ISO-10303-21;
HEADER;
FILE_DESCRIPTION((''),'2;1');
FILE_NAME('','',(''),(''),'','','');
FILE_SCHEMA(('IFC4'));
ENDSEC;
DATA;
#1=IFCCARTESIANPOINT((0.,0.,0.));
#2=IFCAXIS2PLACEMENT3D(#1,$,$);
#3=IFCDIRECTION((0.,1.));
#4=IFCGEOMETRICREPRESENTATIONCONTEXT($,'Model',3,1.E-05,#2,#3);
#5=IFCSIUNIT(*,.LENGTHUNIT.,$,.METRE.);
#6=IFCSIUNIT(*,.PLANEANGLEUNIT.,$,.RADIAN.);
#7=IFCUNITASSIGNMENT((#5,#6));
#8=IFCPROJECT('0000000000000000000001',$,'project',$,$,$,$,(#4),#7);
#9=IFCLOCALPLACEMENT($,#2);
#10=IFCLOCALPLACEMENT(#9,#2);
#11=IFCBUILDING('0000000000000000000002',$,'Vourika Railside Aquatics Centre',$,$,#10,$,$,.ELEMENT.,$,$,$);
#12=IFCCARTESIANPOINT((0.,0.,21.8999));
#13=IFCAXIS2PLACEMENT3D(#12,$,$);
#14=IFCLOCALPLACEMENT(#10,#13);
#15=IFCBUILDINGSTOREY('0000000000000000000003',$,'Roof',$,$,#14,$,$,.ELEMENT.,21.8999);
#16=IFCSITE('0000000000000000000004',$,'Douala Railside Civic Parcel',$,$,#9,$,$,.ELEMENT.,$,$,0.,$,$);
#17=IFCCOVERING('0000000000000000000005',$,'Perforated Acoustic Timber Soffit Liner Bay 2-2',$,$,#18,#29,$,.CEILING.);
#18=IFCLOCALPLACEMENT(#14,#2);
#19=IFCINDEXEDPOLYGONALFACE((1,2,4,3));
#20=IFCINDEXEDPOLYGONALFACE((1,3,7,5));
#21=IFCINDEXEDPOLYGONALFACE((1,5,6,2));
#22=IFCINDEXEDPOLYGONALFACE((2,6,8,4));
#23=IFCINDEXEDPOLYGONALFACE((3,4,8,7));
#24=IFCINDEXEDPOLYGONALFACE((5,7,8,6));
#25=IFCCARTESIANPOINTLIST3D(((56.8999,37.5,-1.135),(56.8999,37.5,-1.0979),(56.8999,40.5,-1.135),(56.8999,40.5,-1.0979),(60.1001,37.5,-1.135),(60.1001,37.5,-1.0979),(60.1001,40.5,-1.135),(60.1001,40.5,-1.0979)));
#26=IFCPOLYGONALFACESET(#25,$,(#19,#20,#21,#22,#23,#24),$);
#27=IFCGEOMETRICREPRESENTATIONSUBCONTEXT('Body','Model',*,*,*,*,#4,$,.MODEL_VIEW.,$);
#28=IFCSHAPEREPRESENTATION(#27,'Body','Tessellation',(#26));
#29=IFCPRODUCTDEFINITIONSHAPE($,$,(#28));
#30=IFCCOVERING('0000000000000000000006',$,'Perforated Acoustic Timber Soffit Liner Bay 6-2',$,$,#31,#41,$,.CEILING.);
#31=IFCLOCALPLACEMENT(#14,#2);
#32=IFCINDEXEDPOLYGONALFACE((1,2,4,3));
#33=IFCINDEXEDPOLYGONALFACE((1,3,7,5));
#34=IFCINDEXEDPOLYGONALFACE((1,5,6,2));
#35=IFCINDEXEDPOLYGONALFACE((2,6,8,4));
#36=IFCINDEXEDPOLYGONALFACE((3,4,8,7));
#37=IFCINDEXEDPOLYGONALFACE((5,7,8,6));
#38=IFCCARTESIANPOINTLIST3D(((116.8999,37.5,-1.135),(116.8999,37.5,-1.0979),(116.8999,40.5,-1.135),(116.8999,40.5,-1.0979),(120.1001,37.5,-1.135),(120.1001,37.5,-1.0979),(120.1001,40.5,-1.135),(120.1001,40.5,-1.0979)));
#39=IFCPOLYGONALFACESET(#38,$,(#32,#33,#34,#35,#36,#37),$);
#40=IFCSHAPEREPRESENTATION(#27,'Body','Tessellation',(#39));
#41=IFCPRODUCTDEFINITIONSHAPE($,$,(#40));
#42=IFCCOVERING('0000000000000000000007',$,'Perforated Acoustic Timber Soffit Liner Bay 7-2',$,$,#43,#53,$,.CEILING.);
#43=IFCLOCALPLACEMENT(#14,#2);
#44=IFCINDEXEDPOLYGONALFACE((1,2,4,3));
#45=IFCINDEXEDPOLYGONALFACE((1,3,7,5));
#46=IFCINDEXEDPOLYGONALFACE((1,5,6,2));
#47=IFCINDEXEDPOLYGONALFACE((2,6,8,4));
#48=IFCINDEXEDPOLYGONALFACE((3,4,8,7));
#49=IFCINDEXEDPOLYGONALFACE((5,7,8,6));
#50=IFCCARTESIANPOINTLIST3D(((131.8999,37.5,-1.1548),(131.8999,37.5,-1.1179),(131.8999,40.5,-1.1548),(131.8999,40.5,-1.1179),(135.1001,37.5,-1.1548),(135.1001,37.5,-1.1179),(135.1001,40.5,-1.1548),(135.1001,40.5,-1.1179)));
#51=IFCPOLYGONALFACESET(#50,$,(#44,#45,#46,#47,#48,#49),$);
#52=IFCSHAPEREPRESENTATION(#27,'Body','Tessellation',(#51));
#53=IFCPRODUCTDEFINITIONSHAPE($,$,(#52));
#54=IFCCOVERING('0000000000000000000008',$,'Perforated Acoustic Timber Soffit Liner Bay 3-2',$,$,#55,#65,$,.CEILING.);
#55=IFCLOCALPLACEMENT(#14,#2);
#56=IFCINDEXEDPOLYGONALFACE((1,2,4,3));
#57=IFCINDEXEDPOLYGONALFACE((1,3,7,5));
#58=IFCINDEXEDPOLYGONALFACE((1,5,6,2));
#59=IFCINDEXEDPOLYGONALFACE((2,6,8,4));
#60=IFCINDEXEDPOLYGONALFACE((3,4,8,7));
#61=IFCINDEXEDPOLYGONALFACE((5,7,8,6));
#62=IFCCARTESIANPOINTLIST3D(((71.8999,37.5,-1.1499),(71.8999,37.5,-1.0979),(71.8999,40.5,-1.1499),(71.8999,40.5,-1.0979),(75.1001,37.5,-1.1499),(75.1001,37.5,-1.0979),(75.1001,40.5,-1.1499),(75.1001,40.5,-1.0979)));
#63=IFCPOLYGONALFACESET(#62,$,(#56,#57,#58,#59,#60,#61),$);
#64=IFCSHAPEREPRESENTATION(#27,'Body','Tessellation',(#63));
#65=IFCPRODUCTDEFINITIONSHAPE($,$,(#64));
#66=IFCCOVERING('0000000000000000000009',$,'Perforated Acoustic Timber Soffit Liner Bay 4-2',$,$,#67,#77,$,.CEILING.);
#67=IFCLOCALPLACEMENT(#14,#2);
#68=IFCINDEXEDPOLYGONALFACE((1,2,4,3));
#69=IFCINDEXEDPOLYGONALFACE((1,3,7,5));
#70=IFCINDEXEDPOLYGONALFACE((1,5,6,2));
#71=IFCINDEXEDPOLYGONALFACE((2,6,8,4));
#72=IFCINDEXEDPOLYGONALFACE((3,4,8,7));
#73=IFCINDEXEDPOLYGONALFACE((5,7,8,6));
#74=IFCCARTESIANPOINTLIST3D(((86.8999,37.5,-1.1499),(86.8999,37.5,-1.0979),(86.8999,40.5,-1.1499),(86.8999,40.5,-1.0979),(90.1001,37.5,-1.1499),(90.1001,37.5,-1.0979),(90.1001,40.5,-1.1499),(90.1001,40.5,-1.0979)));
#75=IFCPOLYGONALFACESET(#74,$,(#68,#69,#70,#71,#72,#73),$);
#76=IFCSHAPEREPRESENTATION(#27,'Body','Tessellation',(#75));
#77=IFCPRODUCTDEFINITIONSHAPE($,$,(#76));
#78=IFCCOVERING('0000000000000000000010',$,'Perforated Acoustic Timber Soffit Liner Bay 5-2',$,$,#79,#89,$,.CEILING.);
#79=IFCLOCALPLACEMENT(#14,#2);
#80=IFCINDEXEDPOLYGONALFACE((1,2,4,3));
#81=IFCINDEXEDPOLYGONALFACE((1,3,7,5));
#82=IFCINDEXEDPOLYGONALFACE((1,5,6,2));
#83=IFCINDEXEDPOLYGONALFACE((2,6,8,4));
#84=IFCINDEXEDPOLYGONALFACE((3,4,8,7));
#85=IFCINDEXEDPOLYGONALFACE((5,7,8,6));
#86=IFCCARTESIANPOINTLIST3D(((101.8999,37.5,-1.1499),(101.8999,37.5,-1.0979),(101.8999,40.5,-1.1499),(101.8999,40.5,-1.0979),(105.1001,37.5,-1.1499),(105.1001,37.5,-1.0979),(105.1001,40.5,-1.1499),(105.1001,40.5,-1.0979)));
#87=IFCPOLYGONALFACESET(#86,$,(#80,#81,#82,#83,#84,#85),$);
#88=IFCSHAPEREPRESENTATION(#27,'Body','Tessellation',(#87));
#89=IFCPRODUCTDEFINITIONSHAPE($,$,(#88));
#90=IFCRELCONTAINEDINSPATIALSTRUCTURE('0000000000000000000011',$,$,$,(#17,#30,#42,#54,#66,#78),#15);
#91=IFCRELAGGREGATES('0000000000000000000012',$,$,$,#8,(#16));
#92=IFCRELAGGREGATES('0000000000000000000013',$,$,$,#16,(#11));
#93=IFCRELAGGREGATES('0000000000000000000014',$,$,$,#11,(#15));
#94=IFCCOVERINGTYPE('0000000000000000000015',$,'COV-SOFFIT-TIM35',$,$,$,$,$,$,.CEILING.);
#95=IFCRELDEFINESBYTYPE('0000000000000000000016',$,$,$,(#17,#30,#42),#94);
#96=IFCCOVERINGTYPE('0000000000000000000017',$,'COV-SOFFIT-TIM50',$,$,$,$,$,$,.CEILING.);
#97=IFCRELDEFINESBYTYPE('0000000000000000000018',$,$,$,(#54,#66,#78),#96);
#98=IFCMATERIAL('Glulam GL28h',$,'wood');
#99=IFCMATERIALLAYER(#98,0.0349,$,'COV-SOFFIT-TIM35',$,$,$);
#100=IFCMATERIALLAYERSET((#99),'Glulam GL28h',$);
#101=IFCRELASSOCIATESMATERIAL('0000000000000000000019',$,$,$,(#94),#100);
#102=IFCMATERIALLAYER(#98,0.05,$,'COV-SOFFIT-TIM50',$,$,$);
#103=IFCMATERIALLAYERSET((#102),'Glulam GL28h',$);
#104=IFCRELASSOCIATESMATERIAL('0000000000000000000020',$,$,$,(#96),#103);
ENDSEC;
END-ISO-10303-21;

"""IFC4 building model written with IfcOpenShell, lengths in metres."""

from ifc_helpers import new_model, si_unit, direction, frame, origin, place, context, subcontext, project, spatial, polyline, outline, extrude, material, layer, layer_set, type_object, element, save


model = new_model("IFC4")

# Units and contexts
model_context = context("Model", 3, precision=1e-05, world=origin(), true_north=direction((0.0, 1.0)))
body_context = subcontext(model_context, "Body", "Model", "MODEL_VIEW")
ifc_project = project(units=[si_unit("LENGTHUNIT", "METRE"), si_unit("PLANEANGLEUNIT", "RADIAN")], contexts=[model_context])

# Site, building, storey
site_placement = place(None, origin())
site = spatial("IfcSite", under=ifc_project, at=site_placement, Name="Douala Railside Civic Parcel", CompositionType="ELEMENT", RefElevation=0.0)
building_placement = place(site_placement, origin())
building = spatial("IfcBuilding", under=site, at=building_placement, Name="Vourika Railside Aquatics Centre", CompositionType="ELEMENT")
storey_placement = place(building_placement, frame((0.0, 0.0, 21.8999)))
storey = spatial("IfcBuildingStorey", under=building, at=storey_placement, Name="Roof", CompositionType="ELEMENT", Elevation=21.8999)

# Coverings
ifc_material = material(Name="Glulam GL28h", Category="wood")
ifc_layer_1 = layer(ifc_material, 0.0349, Name="COV-SOFFIT-TIM35")
ifc_layer_set_1 = layer_set([ifc_layer_1], Name="Glulam GL28h")
covering_type_1 = type_object("IfcCoveringType", Name="COV-SOFFIT-TIM35", PredefinedType="CEILING", material=ifc_layer_set_1)
covering_1_placement = place(storey_placement, frame((0.0, 0.0, -1.135)))
element("IfcCovering", 1, at=covering_1_placement, inside=storey, type_object=covering_type_1, Name="Perforated Acoustic Timber Soffit Liner Bay 2-2", PredefinedType="CEILING", context=body_context, shape_type="SweptSolid", body=[
    extrude(outline(polyline([(56.8999, 37.5), (60.1001, 37.5), (60.1001, 40.5), (56.8999, 40.5), (56.8999, 37.5)])), origin(), (0.0, 0.0, 1.0), 0.0371),
])
covering_2_placement = place(storey_placement, frame((0.0, 0.0, -1.135)))
element("IfcCovering", 2, at=covering_2_placement, inside=storey, type_object=covering_type_1, Name="Perforated Acoustic Timber Soffit Liner Bay 6-2", PredefinedType="CEILING", context=body_context, shape_type="SweptSolid", body=[
    extrude(outline(polyline([(116.8999, 37.5), (120.1001, 37.5), (120.1001, 40.5), (116.8999, 40.5), (116.8999, 37.5)])), origin(), (0.0, 0.0, 1.0), 0.0371),
])
covering_3_placement = place(storey_placement, frame((0.0, 0.0, -1.1548)))
element("IfcCovering", 3, at=covering_3_placement, inside=storey, type_object=covering_type_1, Name="Perforated Acoustic Timber Soffit Liner Bay 7-2", PredefinedType="CEILING", context=body_context, shape_type="SweptSolid", body=[
    extrude(outline(polyline([(131.8999, 37.5), (135.1001, 37.5), (135.1001, 40.5), (131.8999, 40.5), (131.8999, 37.5)])), origin(), (0.0, 0.0, 1.0), 0.0369),
])
ifc_layer_2 = layer(ifc_material, 0.05, Name="COV-SOFFIT-TIM50")
ifc_layer_set_2 = layer_set([ifc_layer_2], Name="Glulam GL28h")
covering_type_2 = type_object("IfcCoveringType", Name="COV-SOFFIT-TIM50", PredefinedType="CEILING", material=ifc_layer_set_2)
covering_4_placement = place(storey_placement, frame((0.0, 0.0, -1.1499)))
element("IfcCovering", 4, at=covering_4_placement, inside=storey, type_object=covering_type_2, Name="Perforated Acoustic Timber Soffit Liner Bay 3-2", PredefinedType="CEILING", context=body_context, shape_type="SweptSolid", body=[
    extrude(outline(polyline([(71.8999, 37.5), (75.1001, 37.5), (75.1001, 40.5), (71.8999, 40.5), (71.8999, 37.5)])), origin(), (0.0, 0.0, 1.0), 0.052),
])
covering_5_placement = place(storey_placement, frame((0.0, 0.0, -1.1499)))
element("IfcCovering", 5, at=covering_5_placement, inside=storey, type_object=covering_type_2, Name="Perforated Acoustic Timber Soffit Liner Bay 4-2", PredefinedType="CEILING", context=body_context, shape_type="SweptSolid", body=[
    extrude(outline(polyline([(86.8999, 37.5), (90.1001, 37.5), (90.1001, 40.5), (86.8999, 40.5), (86.8999, 37.5)])), origin(), (0.0, 0.0, 1.0), 0.052),
])
covering_6_placement = place(storey_placement, frame((0.0, 0.0, -1.1499)))
element("IfcCovering", 6, at=covering_6_placement, inside=storey, type_object=covering_type_2, Name="Perforated Acoustic Timber Soffit Liner Bay 5-2", PredefinedType="CEILING", context=body_context, shape_type="SweptSolid", body=[
    extrude(outline(polyline([(101.8999, 37.5), (105.1001, 37.5), (105.1001, 40.5), (101.8999, 40.5), (101.8999, 37.5)])), origin(), (0.0, 0.0, 1.0), 0.052),
])

save(model, "model.ifc")
